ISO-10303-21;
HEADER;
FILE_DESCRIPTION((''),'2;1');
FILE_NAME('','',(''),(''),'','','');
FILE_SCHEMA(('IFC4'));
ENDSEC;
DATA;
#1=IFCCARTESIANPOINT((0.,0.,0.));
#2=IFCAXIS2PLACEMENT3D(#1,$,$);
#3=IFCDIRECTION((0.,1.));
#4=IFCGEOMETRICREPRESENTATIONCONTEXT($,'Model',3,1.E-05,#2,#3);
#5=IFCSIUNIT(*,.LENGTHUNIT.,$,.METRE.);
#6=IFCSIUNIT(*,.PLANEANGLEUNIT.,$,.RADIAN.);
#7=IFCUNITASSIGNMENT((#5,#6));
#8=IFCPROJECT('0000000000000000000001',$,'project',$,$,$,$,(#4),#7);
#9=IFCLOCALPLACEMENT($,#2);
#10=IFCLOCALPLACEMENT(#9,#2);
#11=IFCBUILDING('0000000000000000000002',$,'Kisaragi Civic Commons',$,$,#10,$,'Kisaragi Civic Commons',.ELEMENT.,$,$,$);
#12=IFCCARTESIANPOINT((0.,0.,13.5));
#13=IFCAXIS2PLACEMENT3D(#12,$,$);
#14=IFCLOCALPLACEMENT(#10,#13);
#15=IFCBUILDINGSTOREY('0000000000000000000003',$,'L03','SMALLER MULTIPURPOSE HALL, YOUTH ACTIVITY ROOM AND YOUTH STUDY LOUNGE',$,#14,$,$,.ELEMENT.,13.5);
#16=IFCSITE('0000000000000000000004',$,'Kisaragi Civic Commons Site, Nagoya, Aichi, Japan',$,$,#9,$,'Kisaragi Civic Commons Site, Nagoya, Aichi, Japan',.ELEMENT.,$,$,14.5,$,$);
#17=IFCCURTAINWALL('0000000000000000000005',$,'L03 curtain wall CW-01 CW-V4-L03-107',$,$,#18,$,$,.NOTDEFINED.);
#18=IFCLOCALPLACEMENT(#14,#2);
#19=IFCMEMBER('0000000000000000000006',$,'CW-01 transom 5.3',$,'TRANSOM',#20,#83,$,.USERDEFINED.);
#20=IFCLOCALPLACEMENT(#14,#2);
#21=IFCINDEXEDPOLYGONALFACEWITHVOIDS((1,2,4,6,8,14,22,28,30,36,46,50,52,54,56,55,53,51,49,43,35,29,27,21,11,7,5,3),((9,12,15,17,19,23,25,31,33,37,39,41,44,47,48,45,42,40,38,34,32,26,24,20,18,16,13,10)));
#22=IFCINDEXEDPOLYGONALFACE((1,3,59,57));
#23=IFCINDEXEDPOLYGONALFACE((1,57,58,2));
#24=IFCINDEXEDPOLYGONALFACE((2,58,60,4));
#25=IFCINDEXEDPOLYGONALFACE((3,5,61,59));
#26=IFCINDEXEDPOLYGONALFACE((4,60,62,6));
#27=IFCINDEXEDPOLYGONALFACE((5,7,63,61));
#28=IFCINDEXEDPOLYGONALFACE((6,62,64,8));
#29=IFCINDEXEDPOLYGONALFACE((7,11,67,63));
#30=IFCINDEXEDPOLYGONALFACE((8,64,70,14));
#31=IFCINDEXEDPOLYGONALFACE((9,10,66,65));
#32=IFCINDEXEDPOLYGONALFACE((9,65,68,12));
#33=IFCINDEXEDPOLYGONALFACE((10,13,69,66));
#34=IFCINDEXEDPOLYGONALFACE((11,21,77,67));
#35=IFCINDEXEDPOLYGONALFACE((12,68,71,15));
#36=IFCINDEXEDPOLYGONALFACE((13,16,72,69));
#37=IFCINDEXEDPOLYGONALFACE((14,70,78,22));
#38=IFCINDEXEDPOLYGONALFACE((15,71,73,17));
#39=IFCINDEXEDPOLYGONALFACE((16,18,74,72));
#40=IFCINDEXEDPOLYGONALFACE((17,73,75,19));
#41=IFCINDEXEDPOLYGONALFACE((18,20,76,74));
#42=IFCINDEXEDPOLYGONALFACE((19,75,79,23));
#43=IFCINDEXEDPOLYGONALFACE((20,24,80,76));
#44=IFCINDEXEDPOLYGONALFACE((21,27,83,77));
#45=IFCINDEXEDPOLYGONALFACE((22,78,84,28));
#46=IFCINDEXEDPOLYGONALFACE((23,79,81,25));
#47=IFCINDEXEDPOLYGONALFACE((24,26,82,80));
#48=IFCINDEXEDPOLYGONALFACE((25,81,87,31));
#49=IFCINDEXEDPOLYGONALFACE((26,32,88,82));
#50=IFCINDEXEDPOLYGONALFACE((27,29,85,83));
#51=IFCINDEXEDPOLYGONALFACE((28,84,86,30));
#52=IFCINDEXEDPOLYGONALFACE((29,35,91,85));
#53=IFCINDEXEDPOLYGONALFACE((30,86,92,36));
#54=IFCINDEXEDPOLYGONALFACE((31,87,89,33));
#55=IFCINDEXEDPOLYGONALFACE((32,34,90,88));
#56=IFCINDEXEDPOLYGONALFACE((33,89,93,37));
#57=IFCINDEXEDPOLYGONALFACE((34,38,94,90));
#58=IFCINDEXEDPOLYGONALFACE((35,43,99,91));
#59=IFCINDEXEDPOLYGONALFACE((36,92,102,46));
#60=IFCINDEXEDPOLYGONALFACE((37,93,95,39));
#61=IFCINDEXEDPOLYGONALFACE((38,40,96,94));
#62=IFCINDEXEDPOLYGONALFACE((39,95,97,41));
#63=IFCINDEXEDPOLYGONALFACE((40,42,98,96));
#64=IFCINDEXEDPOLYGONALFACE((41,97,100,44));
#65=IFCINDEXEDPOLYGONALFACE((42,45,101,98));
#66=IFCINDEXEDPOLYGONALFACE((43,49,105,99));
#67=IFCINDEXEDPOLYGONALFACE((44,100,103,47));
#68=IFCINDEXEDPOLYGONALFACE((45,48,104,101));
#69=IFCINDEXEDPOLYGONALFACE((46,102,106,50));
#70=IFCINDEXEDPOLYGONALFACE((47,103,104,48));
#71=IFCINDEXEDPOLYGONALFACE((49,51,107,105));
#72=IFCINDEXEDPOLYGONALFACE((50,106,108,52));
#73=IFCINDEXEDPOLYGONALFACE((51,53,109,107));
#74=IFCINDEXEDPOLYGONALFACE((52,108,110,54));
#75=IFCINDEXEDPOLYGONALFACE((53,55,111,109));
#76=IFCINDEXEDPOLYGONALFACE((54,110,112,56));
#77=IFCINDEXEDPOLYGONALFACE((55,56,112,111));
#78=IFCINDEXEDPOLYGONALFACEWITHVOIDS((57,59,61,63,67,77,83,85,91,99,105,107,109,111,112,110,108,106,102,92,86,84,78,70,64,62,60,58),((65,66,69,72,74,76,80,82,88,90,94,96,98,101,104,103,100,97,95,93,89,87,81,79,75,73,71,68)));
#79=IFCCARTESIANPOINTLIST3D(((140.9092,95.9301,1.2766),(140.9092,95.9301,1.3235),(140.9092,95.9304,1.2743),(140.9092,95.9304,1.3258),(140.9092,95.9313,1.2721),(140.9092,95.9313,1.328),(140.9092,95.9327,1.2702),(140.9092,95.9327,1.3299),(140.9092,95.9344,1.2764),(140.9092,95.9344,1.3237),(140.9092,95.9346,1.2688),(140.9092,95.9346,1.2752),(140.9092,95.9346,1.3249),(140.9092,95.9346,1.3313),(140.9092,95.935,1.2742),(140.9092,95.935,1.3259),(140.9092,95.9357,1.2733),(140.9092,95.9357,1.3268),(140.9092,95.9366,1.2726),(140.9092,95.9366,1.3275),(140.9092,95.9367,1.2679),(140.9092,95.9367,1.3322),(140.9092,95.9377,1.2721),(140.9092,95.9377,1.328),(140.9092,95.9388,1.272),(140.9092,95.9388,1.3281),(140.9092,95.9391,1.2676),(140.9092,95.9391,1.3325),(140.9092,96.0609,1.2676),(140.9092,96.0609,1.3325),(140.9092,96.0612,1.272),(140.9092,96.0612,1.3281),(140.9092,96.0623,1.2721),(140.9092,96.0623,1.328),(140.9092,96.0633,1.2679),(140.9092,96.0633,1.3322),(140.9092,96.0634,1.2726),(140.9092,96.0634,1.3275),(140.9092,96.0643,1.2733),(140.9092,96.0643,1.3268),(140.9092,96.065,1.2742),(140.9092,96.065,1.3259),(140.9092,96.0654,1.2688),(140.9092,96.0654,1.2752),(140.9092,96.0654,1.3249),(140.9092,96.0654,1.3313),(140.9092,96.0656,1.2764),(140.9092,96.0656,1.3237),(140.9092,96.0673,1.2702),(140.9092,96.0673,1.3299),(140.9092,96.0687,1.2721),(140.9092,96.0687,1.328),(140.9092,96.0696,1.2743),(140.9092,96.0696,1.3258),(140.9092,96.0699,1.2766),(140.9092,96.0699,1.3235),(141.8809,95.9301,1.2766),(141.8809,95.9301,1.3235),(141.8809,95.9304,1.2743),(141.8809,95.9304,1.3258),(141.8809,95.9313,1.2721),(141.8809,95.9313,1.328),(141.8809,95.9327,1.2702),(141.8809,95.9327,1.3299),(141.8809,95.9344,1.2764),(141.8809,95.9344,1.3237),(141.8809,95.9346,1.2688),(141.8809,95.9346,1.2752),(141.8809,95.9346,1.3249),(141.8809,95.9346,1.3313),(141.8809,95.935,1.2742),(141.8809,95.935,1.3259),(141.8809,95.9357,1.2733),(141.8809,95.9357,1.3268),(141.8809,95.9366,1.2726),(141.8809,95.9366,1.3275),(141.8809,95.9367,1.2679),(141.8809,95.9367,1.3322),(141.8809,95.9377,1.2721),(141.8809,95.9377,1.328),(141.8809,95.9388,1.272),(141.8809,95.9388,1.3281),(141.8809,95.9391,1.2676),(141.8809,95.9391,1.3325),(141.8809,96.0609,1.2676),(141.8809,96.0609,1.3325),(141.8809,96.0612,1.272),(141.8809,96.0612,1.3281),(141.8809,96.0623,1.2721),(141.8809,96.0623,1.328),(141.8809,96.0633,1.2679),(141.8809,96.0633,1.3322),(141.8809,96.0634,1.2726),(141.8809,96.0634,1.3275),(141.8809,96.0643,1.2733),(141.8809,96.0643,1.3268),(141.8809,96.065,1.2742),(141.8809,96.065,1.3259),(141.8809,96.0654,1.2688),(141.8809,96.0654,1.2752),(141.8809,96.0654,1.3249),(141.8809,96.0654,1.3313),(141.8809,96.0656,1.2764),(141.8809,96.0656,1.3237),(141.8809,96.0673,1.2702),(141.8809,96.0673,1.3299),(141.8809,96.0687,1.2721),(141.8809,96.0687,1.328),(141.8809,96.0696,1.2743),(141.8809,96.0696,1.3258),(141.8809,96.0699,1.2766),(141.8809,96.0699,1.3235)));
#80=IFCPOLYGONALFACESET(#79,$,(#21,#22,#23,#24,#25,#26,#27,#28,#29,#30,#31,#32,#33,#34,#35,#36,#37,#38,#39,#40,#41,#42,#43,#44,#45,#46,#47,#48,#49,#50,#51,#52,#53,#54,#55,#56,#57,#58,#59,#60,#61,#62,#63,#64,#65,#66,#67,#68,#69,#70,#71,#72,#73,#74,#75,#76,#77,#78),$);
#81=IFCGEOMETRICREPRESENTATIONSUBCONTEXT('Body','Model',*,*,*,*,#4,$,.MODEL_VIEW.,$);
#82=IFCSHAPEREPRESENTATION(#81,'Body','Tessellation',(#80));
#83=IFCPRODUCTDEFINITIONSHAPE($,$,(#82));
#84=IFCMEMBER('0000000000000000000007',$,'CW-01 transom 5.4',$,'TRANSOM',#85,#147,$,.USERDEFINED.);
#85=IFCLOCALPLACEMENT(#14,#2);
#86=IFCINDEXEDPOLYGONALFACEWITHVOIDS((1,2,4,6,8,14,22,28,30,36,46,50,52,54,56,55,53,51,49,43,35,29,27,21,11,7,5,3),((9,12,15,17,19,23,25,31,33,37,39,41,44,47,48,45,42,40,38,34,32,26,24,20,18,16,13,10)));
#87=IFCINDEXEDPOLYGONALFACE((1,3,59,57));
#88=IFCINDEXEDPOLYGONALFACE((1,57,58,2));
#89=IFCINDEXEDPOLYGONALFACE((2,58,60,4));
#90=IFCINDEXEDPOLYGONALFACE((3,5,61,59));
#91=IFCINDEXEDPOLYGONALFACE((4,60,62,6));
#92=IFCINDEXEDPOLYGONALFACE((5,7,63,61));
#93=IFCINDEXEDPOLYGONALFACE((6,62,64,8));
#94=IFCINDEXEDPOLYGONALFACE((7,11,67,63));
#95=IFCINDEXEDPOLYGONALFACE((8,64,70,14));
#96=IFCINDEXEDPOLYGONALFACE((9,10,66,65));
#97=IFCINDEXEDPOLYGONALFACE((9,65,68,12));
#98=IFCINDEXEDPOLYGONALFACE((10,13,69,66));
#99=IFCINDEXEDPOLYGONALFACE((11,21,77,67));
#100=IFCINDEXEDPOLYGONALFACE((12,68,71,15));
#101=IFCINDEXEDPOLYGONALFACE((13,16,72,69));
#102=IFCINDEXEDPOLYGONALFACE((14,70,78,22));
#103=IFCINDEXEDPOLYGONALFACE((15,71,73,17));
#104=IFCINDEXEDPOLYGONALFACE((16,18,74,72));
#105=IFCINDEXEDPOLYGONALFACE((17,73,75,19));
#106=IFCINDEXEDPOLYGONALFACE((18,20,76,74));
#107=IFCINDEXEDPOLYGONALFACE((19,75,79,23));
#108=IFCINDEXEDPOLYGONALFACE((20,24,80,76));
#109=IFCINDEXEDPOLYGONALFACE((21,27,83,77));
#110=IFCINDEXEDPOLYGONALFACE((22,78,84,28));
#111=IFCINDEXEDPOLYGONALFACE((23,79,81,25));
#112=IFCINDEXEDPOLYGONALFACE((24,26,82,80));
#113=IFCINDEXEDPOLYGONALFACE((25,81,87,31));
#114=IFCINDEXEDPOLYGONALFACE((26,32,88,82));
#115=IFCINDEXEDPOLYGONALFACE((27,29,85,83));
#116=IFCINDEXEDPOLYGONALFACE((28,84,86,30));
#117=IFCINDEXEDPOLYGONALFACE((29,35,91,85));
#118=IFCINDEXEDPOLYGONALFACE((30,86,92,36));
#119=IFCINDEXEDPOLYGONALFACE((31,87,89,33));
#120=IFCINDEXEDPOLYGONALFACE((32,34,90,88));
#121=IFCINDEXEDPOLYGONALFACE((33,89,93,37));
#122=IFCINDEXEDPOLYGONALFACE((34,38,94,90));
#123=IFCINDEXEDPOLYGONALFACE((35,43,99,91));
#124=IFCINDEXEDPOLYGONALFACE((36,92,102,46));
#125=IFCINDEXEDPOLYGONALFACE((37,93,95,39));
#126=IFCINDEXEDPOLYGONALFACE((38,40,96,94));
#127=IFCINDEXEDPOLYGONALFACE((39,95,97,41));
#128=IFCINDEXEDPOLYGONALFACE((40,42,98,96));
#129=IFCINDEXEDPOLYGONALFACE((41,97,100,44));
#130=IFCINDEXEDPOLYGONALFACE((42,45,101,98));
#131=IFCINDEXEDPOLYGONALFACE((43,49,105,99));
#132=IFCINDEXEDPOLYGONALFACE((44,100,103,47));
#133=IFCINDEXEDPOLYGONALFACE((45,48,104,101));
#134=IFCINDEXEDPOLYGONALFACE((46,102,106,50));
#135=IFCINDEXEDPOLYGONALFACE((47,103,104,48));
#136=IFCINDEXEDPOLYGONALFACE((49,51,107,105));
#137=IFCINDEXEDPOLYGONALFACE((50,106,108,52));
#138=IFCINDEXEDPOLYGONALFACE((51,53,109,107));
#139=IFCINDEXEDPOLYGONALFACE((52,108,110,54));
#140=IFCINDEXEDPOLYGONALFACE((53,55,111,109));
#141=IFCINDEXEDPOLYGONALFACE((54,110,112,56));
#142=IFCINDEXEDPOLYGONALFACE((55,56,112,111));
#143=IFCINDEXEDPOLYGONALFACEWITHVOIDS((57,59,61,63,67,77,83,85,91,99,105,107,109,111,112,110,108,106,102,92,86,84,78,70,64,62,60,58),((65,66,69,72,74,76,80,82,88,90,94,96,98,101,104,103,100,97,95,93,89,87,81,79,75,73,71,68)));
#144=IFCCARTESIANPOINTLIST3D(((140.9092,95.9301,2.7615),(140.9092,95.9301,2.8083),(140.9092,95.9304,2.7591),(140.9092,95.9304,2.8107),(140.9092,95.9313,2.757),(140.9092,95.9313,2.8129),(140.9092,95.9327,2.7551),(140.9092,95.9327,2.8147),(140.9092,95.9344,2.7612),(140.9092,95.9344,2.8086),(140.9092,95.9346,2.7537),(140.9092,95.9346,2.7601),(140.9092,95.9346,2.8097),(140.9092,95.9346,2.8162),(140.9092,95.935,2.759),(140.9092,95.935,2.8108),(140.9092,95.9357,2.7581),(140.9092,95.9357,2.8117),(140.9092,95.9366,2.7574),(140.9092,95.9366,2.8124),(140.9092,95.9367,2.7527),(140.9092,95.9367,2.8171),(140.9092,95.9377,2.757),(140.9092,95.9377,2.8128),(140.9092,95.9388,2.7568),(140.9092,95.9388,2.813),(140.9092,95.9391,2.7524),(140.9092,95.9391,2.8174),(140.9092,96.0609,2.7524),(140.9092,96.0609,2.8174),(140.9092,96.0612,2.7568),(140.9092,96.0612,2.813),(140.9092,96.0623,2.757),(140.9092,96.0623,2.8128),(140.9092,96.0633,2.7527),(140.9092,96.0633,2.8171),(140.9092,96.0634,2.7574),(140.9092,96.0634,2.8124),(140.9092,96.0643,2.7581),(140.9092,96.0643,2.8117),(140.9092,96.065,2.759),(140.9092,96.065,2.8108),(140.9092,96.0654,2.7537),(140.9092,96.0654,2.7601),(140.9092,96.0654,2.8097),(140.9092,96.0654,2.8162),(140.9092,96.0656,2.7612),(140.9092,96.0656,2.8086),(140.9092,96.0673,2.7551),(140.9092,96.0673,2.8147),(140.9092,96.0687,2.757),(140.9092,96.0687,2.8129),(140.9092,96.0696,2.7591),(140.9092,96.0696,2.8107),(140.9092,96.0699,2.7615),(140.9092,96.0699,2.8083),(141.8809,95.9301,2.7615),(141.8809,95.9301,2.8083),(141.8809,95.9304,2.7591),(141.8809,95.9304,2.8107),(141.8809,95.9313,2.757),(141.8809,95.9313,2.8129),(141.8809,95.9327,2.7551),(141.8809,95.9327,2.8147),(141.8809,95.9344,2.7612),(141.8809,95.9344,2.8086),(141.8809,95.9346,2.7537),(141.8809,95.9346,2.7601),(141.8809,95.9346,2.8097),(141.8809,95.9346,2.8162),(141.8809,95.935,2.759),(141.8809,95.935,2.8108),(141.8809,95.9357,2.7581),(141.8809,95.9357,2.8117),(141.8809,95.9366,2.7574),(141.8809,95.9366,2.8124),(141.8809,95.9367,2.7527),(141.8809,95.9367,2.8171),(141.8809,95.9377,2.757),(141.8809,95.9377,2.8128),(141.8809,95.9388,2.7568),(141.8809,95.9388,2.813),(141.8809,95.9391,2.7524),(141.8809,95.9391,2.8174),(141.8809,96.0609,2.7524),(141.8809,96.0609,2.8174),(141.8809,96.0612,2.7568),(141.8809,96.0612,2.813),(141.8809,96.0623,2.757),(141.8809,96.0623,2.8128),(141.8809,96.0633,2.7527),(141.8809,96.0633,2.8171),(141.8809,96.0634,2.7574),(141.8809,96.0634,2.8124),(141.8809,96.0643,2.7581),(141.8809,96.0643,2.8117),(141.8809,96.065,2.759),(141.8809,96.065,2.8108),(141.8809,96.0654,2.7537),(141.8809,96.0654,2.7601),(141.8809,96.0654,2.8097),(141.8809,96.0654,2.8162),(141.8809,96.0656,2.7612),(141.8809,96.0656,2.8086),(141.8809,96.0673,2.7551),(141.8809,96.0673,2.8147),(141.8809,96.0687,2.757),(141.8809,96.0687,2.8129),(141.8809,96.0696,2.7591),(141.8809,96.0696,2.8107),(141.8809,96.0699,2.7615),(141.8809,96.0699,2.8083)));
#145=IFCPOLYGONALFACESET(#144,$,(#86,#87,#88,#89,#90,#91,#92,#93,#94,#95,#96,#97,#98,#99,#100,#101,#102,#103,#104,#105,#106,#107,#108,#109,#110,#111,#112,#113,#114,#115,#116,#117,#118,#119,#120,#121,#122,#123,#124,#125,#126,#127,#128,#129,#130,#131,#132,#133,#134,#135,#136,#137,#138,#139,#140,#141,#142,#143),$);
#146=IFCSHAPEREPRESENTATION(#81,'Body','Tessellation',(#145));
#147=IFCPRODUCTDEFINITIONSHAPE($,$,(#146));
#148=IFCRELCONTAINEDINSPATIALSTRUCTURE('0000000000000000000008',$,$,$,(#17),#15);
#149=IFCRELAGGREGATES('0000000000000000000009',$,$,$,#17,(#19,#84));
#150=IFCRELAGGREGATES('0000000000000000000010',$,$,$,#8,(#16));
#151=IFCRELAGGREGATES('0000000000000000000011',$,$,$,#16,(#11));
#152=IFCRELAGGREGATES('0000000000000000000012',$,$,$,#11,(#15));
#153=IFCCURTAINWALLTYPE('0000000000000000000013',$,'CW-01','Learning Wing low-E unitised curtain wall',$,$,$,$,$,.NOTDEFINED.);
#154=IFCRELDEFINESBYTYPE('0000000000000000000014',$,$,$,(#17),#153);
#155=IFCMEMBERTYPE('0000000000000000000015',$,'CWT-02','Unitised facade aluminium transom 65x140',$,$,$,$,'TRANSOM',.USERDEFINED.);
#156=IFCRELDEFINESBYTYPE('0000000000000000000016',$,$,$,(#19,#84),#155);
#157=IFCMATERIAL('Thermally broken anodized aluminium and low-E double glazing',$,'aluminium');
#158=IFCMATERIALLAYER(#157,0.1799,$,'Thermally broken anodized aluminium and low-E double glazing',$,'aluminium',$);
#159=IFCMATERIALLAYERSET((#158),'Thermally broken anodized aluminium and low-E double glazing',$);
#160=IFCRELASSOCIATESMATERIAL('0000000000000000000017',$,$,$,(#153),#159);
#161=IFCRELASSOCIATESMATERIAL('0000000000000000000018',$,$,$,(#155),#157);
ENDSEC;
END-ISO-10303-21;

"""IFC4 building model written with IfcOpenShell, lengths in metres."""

from ifc_helpers import new_model, si_unit, direction, frame, origin, origin_2d, place, context, subcontext, project, spatial, hollow_rectangle, extrude, material, layer, layer_set, material_profile, profile_set, type_object, element, aggregate, save


model = new_model("IFC4")

# Units and contexts
model_context = context("Model", 3, precision=1e-05, world=origin(), true_north=direction((0.0, 1.0)))
body_context = subcontext(model_context, "Body", "Model", "MODEL_VIEW")
ifc_project = project(units=[si_unit("LENGTHUNIT", "METRE"), si_unit("PLANEANGLEUNIT", "RADIAN")], contexts=[model_context])

# Site, building, storey
site_placement = place(None, origin())
site = spatial("IfcSite", under=ifc_project, at=site_placement, Name="Kisaragi Civic Commons Site, Nagoya, Aichi, Japan", LongName="Kisaragi Civic Commons Site, Nagoya, Aichi, Japan", CompositionType="ELEMENT", RefElevation=14.5)
building_placement = place(site_placement, origin())
building = spatial("IfcBuilding", under=site, at=building_placement, Name="Kisaragi Civic Commons", LongName="Kisaragi Civic Commons", CompositionType="ELEMENT")
storey_placement = place(building_placement, frame((0.0, 0.0, 13.5)))
storey = spatial("IfcBuildingStorey", under=building, at=storey_placement, Name="L03", Description="SMALLER MULTIPURPOSE HALL, YOUTH ACTIVITY ROOM AND YOUTH STUDY LOUNGE", CompositionType="ELEMENT", Elevation=13.5)

# Curtain wall, members
ifc_material = material(Name="Thermally broken anodized aluminium and low-E double glazing", Category="aluminium")
ifc_layer_1 = layer(ifc_material, 0.1799, Name="Thermally broken anodized aluminium and low-E double glazing", Category="aluminium")
ifc_layer_set_1 = layer_set([ifc_layer_1], Name="Thermally broken anodized aluminium and low-E double glazing")
curtain_wall_type = type_object("IfcCurtainWallType", Name="CW-01", Description="Learning Wing low-E unitised curtain wall", PredefinedType="NOTDEFINED", material=ifc_layer_set_1)
curtain_wall_placement = place(storey_placement, origin())
curtain_wall = element("IfcCurtainWall", 1, at=curtain_wall_placement, inside=storey, type_object=curtain_wall_type, Name="L03 curtain wall CW-01 CW-V4-L03-107", PredefinedType="NOTDEFINED")
ifc_material_profile_1 = material_profile(ifc_material, hollow_rectangle(XDim=0.1399, YDim=0.0649, WallThickness=0.0044, InnerFilletRadius=0.0044, OuterFilletRadius=0.009, at=origin_2d()), Name="CWT-65x140x4.5", Category="aluminium")
ifc_profile_set_1 = profile_set([ifc_material_profile_1], Name="Thermally broken anodized aluminium and low-E double glazing")
member_type_1 = type_object("IfcMemberType", Name="CWT-02", Description="Unitised facade aluminium transom 65x140", ElementType="TRANSOM", PredefinedType="USERDEFINED", material=ifc_profile_set_1)
member_1_placement = place(storey_placement, frame((141.8809, 96.0, 1.3), z_axis=(-1.0, 0.0, 0.0), x_axis=(0.0, -1.0, 0.0)))
member_1 = element("IfcMember", 2, at=member_1_placement, type_object=member_type_1, Name="CW-01 transom 5.3", ObjectType="TRANSOM", PredefinedType="USERDEFINED", context=body_context, shape_type="SweptSolid", body=[
    extrude(hollow_rectangle(XDim=0.1399, YDim=0.0649, WallThickness=0.0044, InnerFilletRadius=0.0044, OuterFilletRadius=0.009, at=origin_2d()), origin(), (0.0, 0.0, 1.0), 0.9717),
])
member_2_placement = place(storey_placement, frame((141.8809, 96.0, 2.7849), z_axis=(-1.0, 0.0, 0.0), x_axis=(0.0, -1.0, 0.0)))
member_2 = element("IfcMember", 3, at=member_2_placement, type_object=member_type_1, Name="CW-01 transom 5.4", ObjectType="TRANSOM", PredefinedType="USERDEFINED", context=body_context, shape_type="SweptSolid", body=[
    extrude(hollow_rectangle(XDim=0.1399, YDim=0.0649, WallThickness=0.0044, InnerFilletRadius=0.0044, OuterFilletRadius=0.009, at=origin_2d()), origin(), (0.0, 0.0, 1.0), 0.9717),
])
aggregate(curtain_wall, [member_1, member_2])

save(model, "model.ifc")
